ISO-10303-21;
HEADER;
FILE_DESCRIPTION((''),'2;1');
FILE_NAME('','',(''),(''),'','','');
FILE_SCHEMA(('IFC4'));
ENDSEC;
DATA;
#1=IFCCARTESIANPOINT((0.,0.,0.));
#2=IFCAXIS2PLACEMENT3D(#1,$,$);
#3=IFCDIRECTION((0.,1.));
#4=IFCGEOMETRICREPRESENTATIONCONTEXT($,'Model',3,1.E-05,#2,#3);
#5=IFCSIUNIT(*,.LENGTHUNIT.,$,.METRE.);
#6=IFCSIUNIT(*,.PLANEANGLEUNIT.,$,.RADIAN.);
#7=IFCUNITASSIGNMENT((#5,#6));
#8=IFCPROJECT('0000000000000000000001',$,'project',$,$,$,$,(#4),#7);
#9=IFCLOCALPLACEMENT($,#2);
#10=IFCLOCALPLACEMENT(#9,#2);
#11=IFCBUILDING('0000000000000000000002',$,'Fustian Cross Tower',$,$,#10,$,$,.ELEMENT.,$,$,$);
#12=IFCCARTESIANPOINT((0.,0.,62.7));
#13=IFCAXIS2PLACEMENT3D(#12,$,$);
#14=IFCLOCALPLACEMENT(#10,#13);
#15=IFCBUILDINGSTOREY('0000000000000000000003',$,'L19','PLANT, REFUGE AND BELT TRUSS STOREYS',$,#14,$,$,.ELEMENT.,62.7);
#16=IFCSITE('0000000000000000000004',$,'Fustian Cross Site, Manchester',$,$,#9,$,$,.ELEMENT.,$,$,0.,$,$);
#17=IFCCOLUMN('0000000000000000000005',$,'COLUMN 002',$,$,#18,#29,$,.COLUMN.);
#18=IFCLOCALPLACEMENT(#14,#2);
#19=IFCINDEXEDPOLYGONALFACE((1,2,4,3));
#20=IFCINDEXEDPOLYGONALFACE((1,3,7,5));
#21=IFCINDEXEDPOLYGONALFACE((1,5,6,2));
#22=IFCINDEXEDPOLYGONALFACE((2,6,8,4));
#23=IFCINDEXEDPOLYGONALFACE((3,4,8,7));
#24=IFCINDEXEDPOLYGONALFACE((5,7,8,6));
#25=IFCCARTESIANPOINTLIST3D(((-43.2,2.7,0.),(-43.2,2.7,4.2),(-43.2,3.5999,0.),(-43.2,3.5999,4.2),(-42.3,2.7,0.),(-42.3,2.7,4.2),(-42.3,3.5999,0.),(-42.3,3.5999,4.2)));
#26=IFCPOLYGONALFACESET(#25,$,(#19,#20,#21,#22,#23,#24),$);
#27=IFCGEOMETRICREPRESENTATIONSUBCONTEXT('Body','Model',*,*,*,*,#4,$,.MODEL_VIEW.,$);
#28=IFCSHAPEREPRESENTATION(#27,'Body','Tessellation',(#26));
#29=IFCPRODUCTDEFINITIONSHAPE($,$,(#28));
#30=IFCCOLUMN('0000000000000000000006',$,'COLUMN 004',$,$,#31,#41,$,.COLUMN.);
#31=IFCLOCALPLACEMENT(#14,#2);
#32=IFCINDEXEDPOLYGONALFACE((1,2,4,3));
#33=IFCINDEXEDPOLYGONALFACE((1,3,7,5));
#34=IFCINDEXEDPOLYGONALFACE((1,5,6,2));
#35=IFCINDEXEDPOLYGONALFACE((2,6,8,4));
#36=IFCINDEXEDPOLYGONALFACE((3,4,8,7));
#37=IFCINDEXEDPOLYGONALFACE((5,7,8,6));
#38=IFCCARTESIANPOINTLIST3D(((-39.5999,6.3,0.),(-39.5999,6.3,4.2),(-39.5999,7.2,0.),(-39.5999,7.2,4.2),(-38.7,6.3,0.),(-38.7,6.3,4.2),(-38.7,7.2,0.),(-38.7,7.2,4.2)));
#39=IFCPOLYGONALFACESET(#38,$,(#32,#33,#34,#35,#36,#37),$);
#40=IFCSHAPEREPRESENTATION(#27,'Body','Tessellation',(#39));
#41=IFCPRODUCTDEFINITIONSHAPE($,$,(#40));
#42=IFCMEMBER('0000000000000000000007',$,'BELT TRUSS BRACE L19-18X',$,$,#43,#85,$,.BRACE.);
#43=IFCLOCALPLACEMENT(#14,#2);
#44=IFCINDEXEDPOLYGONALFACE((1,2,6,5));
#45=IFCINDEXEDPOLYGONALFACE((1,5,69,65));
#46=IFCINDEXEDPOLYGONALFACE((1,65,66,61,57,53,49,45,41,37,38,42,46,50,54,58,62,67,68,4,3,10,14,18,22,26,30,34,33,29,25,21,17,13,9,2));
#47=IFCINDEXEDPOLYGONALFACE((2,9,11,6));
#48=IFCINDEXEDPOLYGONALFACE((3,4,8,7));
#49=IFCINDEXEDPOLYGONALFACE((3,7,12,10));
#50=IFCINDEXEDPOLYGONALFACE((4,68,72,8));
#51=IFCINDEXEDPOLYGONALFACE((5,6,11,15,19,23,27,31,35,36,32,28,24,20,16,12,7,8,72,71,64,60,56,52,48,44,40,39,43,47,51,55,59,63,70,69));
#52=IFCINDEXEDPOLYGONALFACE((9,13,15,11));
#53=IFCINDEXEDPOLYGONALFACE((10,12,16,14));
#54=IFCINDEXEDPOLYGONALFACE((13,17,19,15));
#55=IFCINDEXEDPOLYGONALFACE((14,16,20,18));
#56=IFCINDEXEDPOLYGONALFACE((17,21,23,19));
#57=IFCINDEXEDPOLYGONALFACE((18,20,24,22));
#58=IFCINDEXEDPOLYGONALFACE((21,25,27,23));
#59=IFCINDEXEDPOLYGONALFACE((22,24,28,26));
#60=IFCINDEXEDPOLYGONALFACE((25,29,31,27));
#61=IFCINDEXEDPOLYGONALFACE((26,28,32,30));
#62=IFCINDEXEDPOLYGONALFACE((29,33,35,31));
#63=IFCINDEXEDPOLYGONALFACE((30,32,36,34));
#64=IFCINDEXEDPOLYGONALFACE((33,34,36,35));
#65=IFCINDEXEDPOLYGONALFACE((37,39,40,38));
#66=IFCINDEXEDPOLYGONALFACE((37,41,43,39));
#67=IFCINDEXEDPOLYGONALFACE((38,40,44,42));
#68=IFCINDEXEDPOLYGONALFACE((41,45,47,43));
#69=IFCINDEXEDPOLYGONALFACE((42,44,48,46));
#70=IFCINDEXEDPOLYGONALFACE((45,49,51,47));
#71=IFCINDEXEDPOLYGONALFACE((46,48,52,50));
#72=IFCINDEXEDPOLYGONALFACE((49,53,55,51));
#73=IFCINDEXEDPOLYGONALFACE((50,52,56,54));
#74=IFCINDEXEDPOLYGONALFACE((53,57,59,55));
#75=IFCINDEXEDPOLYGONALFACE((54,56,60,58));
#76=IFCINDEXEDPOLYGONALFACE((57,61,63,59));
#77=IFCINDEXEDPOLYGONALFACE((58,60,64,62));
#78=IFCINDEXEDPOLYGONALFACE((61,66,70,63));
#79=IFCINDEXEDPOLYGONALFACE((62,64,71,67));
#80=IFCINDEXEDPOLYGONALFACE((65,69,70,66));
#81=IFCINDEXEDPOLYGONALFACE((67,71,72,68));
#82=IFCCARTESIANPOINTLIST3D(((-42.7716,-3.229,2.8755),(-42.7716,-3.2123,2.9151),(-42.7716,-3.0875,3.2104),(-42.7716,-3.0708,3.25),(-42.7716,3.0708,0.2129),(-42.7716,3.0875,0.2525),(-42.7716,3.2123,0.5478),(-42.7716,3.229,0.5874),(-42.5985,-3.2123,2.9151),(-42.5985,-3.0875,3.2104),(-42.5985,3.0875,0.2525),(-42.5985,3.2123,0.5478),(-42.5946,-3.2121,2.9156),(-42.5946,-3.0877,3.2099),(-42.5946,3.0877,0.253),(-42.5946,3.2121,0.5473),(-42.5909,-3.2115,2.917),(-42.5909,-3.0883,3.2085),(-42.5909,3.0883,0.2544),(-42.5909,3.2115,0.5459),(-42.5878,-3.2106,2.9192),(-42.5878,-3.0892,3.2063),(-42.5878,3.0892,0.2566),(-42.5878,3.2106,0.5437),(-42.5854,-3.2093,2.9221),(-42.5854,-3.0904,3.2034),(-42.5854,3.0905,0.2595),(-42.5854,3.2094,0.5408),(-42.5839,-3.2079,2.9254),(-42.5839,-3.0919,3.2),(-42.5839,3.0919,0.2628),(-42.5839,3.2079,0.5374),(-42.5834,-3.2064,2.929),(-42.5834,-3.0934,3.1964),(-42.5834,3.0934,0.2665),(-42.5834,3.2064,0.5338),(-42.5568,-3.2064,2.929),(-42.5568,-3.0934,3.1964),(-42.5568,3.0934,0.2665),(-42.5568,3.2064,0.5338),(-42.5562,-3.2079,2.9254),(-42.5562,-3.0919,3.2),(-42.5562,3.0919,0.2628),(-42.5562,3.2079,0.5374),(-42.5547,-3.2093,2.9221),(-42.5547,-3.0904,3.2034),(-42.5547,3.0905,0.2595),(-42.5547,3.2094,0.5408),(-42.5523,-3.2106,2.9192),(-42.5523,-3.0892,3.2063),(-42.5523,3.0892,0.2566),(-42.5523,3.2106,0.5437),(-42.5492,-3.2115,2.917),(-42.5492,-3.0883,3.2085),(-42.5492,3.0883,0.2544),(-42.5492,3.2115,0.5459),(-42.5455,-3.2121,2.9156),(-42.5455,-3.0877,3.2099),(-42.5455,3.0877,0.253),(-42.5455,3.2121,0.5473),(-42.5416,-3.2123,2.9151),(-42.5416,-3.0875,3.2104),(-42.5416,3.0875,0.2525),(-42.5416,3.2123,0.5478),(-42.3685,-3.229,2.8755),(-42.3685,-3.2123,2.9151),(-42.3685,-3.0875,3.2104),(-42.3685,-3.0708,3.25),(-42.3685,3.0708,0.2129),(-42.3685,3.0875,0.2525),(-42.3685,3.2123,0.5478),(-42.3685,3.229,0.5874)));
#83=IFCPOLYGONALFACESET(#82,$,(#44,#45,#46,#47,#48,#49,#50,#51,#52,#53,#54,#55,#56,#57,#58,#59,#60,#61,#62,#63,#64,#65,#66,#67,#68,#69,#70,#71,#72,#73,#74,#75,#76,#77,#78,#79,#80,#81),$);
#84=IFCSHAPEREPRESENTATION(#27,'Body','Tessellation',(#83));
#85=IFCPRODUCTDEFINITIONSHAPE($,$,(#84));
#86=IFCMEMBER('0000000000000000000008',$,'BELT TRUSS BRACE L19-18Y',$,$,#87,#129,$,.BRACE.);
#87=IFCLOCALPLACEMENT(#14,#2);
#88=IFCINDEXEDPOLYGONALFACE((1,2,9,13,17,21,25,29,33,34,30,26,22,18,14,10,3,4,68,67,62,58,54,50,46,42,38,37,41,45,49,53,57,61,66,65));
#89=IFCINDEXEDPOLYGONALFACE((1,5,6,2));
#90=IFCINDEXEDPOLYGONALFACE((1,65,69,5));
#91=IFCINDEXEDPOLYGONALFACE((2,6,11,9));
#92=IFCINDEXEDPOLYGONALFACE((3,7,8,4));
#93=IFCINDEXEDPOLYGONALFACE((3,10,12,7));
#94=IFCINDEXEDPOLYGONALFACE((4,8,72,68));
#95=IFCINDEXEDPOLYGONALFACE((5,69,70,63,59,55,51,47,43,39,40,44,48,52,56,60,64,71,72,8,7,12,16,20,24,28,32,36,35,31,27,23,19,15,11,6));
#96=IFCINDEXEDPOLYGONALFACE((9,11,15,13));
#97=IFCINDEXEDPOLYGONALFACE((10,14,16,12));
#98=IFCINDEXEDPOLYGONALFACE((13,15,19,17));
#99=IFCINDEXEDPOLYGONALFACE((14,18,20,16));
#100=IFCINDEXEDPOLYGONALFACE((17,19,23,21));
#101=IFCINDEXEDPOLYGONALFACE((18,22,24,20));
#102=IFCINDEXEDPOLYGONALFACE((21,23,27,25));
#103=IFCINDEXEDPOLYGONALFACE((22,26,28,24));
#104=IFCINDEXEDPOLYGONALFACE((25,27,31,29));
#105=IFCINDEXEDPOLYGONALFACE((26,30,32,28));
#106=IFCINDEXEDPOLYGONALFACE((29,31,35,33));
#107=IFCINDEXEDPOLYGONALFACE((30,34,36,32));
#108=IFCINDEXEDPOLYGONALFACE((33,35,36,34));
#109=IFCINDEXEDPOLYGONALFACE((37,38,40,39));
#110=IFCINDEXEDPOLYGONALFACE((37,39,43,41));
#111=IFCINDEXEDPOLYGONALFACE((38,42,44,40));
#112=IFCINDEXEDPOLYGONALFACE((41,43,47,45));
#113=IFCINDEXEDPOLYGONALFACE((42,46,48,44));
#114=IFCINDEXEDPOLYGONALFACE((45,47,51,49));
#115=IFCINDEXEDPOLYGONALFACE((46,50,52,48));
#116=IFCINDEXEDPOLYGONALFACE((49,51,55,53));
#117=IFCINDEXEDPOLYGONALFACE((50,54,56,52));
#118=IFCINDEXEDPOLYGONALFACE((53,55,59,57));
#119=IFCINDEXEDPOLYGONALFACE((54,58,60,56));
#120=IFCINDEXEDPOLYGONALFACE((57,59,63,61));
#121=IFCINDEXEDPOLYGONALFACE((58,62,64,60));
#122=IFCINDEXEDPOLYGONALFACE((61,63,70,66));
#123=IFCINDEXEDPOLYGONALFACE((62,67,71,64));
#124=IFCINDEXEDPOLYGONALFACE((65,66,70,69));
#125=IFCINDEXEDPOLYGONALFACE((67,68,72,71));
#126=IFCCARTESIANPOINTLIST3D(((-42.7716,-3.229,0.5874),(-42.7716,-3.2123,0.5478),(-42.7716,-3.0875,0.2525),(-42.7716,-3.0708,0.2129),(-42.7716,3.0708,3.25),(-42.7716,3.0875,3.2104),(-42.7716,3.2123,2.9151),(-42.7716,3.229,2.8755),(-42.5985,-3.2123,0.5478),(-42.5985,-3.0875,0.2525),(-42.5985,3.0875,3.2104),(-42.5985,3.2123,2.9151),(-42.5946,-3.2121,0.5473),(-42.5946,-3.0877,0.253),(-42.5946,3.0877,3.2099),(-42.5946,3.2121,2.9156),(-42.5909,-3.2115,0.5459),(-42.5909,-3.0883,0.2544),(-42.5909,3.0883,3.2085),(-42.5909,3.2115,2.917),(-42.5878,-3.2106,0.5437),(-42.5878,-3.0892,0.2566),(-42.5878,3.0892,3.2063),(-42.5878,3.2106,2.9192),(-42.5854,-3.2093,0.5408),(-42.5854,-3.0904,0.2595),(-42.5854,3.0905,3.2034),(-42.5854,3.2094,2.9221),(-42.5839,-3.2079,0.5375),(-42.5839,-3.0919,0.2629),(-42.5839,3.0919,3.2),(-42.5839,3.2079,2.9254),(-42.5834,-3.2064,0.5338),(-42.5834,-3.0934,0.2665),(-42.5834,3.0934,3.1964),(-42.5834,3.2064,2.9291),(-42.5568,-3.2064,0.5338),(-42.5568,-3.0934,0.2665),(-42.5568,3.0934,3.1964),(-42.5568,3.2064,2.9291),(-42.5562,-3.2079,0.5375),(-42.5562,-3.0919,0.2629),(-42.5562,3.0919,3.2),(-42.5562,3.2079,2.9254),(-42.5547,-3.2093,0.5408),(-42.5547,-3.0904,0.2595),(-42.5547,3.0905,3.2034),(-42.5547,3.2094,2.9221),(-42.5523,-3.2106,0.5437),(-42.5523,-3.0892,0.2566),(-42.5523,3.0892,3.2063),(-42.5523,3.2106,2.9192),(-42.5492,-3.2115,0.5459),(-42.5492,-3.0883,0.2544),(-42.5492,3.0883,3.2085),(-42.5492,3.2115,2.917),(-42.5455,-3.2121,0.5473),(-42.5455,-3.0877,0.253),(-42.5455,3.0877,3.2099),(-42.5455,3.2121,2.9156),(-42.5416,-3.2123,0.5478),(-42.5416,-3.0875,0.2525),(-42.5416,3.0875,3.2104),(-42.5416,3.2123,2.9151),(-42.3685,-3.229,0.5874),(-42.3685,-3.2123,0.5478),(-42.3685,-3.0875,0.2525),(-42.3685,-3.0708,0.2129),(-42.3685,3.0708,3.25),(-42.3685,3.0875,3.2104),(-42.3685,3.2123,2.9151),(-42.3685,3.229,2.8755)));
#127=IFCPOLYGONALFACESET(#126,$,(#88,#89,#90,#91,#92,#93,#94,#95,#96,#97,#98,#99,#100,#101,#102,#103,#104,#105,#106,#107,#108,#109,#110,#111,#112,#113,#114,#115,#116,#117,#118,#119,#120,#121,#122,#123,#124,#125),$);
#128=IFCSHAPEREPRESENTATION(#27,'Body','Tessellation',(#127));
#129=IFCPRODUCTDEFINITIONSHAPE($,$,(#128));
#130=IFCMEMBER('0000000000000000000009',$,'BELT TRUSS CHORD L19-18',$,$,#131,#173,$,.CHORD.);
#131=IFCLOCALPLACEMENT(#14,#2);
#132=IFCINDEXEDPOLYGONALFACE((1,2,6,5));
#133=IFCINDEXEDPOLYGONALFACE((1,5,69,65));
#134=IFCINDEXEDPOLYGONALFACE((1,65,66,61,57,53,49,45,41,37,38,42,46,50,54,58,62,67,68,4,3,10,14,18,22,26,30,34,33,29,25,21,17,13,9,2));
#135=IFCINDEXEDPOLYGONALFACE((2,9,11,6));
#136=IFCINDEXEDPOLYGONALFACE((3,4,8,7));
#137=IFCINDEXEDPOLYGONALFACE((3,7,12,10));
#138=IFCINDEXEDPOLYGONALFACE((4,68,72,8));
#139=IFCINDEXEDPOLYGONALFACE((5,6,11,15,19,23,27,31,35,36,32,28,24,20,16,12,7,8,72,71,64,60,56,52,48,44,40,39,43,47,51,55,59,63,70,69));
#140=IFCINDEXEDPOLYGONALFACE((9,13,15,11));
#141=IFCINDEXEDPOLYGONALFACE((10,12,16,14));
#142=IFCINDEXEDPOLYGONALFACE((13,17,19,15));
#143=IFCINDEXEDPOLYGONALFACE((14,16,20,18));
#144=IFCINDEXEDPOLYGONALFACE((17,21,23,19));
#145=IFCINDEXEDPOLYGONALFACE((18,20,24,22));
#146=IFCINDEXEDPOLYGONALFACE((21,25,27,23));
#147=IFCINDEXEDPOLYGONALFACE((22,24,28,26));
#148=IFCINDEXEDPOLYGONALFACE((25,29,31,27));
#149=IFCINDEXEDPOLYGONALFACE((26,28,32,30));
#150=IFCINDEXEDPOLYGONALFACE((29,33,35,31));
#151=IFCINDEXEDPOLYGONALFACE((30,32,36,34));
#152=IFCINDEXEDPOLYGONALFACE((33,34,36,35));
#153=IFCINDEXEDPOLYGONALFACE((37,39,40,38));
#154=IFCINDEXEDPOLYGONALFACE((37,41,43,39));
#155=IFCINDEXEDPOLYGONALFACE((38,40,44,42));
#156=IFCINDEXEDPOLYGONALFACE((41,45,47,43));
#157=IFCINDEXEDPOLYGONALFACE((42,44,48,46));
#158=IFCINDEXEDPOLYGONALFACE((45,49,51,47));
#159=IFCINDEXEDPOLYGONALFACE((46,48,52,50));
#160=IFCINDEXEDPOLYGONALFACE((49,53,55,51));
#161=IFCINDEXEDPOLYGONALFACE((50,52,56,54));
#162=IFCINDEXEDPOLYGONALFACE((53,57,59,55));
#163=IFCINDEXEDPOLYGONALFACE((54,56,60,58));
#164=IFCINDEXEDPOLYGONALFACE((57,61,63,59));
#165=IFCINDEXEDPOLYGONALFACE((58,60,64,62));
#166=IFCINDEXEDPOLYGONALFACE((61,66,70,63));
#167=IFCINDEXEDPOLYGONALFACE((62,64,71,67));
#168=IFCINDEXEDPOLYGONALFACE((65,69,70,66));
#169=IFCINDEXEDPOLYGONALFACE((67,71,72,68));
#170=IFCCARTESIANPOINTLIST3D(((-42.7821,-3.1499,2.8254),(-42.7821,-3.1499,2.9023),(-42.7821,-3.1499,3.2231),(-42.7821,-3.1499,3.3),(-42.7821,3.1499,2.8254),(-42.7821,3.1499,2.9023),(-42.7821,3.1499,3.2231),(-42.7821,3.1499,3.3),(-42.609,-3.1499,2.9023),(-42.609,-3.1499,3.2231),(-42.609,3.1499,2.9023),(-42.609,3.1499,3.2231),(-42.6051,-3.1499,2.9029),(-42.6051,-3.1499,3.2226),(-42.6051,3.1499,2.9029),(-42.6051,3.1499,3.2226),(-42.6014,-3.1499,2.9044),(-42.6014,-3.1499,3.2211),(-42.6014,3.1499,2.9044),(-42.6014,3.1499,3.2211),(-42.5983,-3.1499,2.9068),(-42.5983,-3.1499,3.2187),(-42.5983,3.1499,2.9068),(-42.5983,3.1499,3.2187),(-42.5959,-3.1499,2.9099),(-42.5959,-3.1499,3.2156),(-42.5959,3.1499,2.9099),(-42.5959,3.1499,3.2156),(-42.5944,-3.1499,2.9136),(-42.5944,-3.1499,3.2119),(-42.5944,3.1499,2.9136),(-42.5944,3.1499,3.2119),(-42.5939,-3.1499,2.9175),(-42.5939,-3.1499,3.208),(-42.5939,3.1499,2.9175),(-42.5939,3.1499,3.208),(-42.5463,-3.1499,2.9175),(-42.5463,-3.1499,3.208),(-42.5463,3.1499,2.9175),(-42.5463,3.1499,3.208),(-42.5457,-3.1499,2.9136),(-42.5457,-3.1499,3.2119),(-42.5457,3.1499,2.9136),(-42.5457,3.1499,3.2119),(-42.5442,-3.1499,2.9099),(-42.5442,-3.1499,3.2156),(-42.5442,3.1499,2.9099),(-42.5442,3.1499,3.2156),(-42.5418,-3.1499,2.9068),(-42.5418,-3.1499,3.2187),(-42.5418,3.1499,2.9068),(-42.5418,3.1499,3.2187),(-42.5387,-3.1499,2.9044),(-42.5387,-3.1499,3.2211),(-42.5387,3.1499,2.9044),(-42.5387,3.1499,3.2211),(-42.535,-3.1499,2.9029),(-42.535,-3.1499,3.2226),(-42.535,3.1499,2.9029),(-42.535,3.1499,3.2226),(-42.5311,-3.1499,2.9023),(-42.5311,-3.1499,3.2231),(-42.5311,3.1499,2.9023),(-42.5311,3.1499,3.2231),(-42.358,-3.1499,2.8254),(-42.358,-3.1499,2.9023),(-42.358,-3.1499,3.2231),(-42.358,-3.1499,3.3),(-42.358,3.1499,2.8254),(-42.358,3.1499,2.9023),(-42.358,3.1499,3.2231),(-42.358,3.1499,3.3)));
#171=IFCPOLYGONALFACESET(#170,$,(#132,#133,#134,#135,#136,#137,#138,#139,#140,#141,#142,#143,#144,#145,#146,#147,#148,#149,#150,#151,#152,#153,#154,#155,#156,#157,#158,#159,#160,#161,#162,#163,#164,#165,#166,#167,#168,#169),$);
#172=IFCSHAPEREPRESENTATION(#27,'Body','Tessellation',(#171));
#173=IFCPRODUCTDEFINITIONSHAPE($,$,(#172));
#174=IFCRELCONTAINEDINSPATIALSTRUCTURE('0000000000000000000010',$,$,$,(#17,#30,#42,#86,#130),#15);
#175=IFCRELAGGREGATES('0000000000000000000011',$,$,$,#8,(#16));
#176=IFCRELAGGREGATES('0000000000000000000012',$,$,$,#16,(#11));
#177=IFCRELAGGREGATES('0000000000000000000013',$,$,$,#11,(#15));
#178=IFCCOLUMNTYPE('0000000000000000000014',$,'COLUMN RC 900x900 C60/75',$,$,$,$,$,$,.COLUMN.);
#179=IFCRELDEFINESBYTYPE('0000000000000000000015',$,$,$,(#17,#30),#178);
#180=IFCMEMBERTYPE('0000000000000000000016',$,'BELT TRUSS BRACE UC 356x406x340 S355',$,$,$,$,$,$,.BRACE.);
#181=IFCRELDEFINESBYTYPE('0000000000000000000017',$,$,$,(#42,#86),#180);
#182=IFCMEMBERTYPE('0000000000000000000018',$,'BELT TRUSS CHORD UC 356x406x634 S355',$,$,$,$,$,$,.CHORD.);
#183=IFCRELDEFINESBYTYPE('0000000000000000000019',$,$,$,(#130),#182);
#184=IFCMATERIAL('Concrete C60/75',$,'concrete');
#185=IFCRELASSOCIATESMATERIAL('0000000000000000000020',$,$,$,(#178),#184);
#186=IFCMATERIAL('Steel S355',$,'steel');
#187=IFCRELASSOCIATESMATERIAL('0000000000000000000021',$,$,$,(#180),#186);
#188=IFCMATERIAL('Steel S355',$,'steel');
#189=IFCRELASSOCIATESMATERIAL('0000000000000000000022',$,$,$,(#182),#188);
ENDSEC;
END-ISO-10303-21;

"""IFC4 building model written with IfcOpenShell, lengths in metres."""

from ifc_helpers import new_model, si_unit, direction, frame, origin, origin_2d, place, context, subcontext, project, spatial, rectangle, i_section, extrude, material, material_profile, profile_set, type_object, element, save


model = new_model("IFC4")

# Units and contexts
model_context = context("Model", 3, precision=1e-05, world=origin(), true_north=direction((0.0, 1.0)))
body_context = subcontext(model_context, "Body", "Model", "MODEL_VIEW")
ifc_project = project(units=[si_unit("LENGTHUNIT", "METRE"), si_unit("PLANEANGLEUNIT", "RADIAN")], contexts=[model_context])

# Site, building, storey
site_placement = place(None, origin())
site = spatial("IfcSite", under=ifc_project, at=site_placement, Name="Fustian Cross Site, Manchester", CompositionType="ELEMENT", RefElevation=0.0)
building_placement = place(site_placement, origin())
building = spatial("IfcBuilding", under=site, at=building_placement, Name="Fustian Cross Tower", CompositionType="ELEMENT")
storey_placement = place(building_placement, frame((0.0, 0.0, 62.7)))
storey = spatial("IfcBuildingStorey", under=building, at=storey_placement, Name="L19", Description="PLANT, REFUGE AND BELT TRUSS STOREYS", CompositionType="ELEMENT", Elevation=62.7)

# Columns
ifc_material_1 = material(Name="Concrete C60/75", Category="concrete")
ifc_material_profile_1 = material_profile(ifc_material_1, rectangle(XDim=0.8999, YDim=0.8999, at=origin_2d()), Name="RC 900x900")
ifc_profile_set_1 = profile_set([ifc_material_profile_1], Name="Concrete C60/75")
column_type = type_object("IfcColumnType", Name="COLUMN RC 900x900 C60/75", PredefinedType="COLUMN", material=ifc_profile_set_1)
for number, where, z_axis, x_axis, name in (
    (1, (-42.75, 3.1499, 0.0), (0.0, 0.0, 1.0), (1.0, 0.0, 0.0), "COLUMN 002"),
    (2, (-39.1499, 6.75, 0.0), (0.0, 0.0, 1.0), (1.0, 0.0, 0.0), "COLUMN 004"),
):
    element("IfcColumn", number, at=place(storey_placement, frame(where, z_axis=z_axis, x_axis=x_axis)), inside=storey, type_object=column_type, Name=name, PredefinedType="COLUMN", context=body_context, shape_type="SweptSolid", body=[
        extrude(rectangle(XDim=0.8999, YDim=0.8999, at=origin_2d()), origin(), (0.0, 0.0, 1.0), 4.2),
    ])

# Members
ifc_material_2 = material(Name="Steel S355", Category="steel")
ifc_material_profile_2 = material_profile(ifc_material_2, i_section(OverallWidth=0.4031, OverallDepth=0.4065, WebThickness=0.0266, FlangeThickness=0.043, FilletRadius=0.0151, at=origin_2d()), Name="UC 356x406x340")
ifc_profile_set_2 = profile_set([ifc_material_profile_2], Name="Steel S355")
member_type_1 = type_object("IfcMemberType", Name="BELT TRUSS BRACE UC 356x406x340 S355", PredefinedType="BRACE", material=ifc_profile_set_2)
for number, where, z_axis, x_axis, name in (
    (3, (-42.5701, 3.1499, 0.4001), (0.0, -0.921109, 0.389305), (1.0, 0.0, 0.0), "BELT TRUSS BRACE L19-18X"),
    (4, (-42.5701, 3.1499, 3.0627), (0.0, -0.921109, -0.389305), (1.0, 0.0, 0.0), "BELT TRUSS BRACE L19-18Y"),
):
    element("IfcMember", number, at=place(storey_placement, frame(where, z_axis=z_axis, x_axis=x_axis)), inside=storey, type_object=member_type_1, Name=name, PredefinedType="BRACE", context=body_context, shape_type="SweptSolid", body=[
        extrude(i_section(OverallWidth=0.4031, OverallDepth=0.4065, WebThickness=0.0266, FlangeThickness=0.043, FilletRadius=0.0151, at=origin_2d()), origin(), (0.0, 0.0, 1.0), 6.8394),
    ])
ifc_material_3 = material(Name="Steel S355", Category="steel")
ifc_material_profile_3 = material_profile(ifc_material_3, i_section(OverallWidth=0.4241, OverallDepth=0.4746, WebThickness=0.0476, FlangeThickness=0.0769, FilletRadius=0.0151, at=origin_2d()), Name="UC 356x406x634")
ifc_profile_set_3 = profile_set([ifc_material_profile_3], Name="Steel S355")
member_type_2 = type_object("IfcMemberType", Name="BELT TRUSS CHORD UC 356x406x634 S355", PredefinedType="CHORD", material=ifc_profile_set_3)
for number, where, z_axis, x_axis, name in (
    (5, (-42.5701, 3.1499, 3.0627), (0.0, -1.0, 0.0), (1.0, 0.0, 0.0), "BELT TRUSS CHORD L19-18"),
):
    element("IfcMember", number, at=place(storey_placement, frame(where, z_axis=z_axis, x_axis=x_axis)), inside=storey, type_object=member_type_2, Name=name, PredefinedType="CHORD", context=body_context, shape_type="SweptSolid", body=[
        extrude(i_section(OverallWidth=0.4241, OverallDepth=0.4746, WebThickness=0.0476, FlangeThickness=0.0769, FilletRadius=0.0151, at=origin_2d()), origin(), (0.0, 0.0, 1.0), 6.2998),
    ])

save(model, "model.ifc")
